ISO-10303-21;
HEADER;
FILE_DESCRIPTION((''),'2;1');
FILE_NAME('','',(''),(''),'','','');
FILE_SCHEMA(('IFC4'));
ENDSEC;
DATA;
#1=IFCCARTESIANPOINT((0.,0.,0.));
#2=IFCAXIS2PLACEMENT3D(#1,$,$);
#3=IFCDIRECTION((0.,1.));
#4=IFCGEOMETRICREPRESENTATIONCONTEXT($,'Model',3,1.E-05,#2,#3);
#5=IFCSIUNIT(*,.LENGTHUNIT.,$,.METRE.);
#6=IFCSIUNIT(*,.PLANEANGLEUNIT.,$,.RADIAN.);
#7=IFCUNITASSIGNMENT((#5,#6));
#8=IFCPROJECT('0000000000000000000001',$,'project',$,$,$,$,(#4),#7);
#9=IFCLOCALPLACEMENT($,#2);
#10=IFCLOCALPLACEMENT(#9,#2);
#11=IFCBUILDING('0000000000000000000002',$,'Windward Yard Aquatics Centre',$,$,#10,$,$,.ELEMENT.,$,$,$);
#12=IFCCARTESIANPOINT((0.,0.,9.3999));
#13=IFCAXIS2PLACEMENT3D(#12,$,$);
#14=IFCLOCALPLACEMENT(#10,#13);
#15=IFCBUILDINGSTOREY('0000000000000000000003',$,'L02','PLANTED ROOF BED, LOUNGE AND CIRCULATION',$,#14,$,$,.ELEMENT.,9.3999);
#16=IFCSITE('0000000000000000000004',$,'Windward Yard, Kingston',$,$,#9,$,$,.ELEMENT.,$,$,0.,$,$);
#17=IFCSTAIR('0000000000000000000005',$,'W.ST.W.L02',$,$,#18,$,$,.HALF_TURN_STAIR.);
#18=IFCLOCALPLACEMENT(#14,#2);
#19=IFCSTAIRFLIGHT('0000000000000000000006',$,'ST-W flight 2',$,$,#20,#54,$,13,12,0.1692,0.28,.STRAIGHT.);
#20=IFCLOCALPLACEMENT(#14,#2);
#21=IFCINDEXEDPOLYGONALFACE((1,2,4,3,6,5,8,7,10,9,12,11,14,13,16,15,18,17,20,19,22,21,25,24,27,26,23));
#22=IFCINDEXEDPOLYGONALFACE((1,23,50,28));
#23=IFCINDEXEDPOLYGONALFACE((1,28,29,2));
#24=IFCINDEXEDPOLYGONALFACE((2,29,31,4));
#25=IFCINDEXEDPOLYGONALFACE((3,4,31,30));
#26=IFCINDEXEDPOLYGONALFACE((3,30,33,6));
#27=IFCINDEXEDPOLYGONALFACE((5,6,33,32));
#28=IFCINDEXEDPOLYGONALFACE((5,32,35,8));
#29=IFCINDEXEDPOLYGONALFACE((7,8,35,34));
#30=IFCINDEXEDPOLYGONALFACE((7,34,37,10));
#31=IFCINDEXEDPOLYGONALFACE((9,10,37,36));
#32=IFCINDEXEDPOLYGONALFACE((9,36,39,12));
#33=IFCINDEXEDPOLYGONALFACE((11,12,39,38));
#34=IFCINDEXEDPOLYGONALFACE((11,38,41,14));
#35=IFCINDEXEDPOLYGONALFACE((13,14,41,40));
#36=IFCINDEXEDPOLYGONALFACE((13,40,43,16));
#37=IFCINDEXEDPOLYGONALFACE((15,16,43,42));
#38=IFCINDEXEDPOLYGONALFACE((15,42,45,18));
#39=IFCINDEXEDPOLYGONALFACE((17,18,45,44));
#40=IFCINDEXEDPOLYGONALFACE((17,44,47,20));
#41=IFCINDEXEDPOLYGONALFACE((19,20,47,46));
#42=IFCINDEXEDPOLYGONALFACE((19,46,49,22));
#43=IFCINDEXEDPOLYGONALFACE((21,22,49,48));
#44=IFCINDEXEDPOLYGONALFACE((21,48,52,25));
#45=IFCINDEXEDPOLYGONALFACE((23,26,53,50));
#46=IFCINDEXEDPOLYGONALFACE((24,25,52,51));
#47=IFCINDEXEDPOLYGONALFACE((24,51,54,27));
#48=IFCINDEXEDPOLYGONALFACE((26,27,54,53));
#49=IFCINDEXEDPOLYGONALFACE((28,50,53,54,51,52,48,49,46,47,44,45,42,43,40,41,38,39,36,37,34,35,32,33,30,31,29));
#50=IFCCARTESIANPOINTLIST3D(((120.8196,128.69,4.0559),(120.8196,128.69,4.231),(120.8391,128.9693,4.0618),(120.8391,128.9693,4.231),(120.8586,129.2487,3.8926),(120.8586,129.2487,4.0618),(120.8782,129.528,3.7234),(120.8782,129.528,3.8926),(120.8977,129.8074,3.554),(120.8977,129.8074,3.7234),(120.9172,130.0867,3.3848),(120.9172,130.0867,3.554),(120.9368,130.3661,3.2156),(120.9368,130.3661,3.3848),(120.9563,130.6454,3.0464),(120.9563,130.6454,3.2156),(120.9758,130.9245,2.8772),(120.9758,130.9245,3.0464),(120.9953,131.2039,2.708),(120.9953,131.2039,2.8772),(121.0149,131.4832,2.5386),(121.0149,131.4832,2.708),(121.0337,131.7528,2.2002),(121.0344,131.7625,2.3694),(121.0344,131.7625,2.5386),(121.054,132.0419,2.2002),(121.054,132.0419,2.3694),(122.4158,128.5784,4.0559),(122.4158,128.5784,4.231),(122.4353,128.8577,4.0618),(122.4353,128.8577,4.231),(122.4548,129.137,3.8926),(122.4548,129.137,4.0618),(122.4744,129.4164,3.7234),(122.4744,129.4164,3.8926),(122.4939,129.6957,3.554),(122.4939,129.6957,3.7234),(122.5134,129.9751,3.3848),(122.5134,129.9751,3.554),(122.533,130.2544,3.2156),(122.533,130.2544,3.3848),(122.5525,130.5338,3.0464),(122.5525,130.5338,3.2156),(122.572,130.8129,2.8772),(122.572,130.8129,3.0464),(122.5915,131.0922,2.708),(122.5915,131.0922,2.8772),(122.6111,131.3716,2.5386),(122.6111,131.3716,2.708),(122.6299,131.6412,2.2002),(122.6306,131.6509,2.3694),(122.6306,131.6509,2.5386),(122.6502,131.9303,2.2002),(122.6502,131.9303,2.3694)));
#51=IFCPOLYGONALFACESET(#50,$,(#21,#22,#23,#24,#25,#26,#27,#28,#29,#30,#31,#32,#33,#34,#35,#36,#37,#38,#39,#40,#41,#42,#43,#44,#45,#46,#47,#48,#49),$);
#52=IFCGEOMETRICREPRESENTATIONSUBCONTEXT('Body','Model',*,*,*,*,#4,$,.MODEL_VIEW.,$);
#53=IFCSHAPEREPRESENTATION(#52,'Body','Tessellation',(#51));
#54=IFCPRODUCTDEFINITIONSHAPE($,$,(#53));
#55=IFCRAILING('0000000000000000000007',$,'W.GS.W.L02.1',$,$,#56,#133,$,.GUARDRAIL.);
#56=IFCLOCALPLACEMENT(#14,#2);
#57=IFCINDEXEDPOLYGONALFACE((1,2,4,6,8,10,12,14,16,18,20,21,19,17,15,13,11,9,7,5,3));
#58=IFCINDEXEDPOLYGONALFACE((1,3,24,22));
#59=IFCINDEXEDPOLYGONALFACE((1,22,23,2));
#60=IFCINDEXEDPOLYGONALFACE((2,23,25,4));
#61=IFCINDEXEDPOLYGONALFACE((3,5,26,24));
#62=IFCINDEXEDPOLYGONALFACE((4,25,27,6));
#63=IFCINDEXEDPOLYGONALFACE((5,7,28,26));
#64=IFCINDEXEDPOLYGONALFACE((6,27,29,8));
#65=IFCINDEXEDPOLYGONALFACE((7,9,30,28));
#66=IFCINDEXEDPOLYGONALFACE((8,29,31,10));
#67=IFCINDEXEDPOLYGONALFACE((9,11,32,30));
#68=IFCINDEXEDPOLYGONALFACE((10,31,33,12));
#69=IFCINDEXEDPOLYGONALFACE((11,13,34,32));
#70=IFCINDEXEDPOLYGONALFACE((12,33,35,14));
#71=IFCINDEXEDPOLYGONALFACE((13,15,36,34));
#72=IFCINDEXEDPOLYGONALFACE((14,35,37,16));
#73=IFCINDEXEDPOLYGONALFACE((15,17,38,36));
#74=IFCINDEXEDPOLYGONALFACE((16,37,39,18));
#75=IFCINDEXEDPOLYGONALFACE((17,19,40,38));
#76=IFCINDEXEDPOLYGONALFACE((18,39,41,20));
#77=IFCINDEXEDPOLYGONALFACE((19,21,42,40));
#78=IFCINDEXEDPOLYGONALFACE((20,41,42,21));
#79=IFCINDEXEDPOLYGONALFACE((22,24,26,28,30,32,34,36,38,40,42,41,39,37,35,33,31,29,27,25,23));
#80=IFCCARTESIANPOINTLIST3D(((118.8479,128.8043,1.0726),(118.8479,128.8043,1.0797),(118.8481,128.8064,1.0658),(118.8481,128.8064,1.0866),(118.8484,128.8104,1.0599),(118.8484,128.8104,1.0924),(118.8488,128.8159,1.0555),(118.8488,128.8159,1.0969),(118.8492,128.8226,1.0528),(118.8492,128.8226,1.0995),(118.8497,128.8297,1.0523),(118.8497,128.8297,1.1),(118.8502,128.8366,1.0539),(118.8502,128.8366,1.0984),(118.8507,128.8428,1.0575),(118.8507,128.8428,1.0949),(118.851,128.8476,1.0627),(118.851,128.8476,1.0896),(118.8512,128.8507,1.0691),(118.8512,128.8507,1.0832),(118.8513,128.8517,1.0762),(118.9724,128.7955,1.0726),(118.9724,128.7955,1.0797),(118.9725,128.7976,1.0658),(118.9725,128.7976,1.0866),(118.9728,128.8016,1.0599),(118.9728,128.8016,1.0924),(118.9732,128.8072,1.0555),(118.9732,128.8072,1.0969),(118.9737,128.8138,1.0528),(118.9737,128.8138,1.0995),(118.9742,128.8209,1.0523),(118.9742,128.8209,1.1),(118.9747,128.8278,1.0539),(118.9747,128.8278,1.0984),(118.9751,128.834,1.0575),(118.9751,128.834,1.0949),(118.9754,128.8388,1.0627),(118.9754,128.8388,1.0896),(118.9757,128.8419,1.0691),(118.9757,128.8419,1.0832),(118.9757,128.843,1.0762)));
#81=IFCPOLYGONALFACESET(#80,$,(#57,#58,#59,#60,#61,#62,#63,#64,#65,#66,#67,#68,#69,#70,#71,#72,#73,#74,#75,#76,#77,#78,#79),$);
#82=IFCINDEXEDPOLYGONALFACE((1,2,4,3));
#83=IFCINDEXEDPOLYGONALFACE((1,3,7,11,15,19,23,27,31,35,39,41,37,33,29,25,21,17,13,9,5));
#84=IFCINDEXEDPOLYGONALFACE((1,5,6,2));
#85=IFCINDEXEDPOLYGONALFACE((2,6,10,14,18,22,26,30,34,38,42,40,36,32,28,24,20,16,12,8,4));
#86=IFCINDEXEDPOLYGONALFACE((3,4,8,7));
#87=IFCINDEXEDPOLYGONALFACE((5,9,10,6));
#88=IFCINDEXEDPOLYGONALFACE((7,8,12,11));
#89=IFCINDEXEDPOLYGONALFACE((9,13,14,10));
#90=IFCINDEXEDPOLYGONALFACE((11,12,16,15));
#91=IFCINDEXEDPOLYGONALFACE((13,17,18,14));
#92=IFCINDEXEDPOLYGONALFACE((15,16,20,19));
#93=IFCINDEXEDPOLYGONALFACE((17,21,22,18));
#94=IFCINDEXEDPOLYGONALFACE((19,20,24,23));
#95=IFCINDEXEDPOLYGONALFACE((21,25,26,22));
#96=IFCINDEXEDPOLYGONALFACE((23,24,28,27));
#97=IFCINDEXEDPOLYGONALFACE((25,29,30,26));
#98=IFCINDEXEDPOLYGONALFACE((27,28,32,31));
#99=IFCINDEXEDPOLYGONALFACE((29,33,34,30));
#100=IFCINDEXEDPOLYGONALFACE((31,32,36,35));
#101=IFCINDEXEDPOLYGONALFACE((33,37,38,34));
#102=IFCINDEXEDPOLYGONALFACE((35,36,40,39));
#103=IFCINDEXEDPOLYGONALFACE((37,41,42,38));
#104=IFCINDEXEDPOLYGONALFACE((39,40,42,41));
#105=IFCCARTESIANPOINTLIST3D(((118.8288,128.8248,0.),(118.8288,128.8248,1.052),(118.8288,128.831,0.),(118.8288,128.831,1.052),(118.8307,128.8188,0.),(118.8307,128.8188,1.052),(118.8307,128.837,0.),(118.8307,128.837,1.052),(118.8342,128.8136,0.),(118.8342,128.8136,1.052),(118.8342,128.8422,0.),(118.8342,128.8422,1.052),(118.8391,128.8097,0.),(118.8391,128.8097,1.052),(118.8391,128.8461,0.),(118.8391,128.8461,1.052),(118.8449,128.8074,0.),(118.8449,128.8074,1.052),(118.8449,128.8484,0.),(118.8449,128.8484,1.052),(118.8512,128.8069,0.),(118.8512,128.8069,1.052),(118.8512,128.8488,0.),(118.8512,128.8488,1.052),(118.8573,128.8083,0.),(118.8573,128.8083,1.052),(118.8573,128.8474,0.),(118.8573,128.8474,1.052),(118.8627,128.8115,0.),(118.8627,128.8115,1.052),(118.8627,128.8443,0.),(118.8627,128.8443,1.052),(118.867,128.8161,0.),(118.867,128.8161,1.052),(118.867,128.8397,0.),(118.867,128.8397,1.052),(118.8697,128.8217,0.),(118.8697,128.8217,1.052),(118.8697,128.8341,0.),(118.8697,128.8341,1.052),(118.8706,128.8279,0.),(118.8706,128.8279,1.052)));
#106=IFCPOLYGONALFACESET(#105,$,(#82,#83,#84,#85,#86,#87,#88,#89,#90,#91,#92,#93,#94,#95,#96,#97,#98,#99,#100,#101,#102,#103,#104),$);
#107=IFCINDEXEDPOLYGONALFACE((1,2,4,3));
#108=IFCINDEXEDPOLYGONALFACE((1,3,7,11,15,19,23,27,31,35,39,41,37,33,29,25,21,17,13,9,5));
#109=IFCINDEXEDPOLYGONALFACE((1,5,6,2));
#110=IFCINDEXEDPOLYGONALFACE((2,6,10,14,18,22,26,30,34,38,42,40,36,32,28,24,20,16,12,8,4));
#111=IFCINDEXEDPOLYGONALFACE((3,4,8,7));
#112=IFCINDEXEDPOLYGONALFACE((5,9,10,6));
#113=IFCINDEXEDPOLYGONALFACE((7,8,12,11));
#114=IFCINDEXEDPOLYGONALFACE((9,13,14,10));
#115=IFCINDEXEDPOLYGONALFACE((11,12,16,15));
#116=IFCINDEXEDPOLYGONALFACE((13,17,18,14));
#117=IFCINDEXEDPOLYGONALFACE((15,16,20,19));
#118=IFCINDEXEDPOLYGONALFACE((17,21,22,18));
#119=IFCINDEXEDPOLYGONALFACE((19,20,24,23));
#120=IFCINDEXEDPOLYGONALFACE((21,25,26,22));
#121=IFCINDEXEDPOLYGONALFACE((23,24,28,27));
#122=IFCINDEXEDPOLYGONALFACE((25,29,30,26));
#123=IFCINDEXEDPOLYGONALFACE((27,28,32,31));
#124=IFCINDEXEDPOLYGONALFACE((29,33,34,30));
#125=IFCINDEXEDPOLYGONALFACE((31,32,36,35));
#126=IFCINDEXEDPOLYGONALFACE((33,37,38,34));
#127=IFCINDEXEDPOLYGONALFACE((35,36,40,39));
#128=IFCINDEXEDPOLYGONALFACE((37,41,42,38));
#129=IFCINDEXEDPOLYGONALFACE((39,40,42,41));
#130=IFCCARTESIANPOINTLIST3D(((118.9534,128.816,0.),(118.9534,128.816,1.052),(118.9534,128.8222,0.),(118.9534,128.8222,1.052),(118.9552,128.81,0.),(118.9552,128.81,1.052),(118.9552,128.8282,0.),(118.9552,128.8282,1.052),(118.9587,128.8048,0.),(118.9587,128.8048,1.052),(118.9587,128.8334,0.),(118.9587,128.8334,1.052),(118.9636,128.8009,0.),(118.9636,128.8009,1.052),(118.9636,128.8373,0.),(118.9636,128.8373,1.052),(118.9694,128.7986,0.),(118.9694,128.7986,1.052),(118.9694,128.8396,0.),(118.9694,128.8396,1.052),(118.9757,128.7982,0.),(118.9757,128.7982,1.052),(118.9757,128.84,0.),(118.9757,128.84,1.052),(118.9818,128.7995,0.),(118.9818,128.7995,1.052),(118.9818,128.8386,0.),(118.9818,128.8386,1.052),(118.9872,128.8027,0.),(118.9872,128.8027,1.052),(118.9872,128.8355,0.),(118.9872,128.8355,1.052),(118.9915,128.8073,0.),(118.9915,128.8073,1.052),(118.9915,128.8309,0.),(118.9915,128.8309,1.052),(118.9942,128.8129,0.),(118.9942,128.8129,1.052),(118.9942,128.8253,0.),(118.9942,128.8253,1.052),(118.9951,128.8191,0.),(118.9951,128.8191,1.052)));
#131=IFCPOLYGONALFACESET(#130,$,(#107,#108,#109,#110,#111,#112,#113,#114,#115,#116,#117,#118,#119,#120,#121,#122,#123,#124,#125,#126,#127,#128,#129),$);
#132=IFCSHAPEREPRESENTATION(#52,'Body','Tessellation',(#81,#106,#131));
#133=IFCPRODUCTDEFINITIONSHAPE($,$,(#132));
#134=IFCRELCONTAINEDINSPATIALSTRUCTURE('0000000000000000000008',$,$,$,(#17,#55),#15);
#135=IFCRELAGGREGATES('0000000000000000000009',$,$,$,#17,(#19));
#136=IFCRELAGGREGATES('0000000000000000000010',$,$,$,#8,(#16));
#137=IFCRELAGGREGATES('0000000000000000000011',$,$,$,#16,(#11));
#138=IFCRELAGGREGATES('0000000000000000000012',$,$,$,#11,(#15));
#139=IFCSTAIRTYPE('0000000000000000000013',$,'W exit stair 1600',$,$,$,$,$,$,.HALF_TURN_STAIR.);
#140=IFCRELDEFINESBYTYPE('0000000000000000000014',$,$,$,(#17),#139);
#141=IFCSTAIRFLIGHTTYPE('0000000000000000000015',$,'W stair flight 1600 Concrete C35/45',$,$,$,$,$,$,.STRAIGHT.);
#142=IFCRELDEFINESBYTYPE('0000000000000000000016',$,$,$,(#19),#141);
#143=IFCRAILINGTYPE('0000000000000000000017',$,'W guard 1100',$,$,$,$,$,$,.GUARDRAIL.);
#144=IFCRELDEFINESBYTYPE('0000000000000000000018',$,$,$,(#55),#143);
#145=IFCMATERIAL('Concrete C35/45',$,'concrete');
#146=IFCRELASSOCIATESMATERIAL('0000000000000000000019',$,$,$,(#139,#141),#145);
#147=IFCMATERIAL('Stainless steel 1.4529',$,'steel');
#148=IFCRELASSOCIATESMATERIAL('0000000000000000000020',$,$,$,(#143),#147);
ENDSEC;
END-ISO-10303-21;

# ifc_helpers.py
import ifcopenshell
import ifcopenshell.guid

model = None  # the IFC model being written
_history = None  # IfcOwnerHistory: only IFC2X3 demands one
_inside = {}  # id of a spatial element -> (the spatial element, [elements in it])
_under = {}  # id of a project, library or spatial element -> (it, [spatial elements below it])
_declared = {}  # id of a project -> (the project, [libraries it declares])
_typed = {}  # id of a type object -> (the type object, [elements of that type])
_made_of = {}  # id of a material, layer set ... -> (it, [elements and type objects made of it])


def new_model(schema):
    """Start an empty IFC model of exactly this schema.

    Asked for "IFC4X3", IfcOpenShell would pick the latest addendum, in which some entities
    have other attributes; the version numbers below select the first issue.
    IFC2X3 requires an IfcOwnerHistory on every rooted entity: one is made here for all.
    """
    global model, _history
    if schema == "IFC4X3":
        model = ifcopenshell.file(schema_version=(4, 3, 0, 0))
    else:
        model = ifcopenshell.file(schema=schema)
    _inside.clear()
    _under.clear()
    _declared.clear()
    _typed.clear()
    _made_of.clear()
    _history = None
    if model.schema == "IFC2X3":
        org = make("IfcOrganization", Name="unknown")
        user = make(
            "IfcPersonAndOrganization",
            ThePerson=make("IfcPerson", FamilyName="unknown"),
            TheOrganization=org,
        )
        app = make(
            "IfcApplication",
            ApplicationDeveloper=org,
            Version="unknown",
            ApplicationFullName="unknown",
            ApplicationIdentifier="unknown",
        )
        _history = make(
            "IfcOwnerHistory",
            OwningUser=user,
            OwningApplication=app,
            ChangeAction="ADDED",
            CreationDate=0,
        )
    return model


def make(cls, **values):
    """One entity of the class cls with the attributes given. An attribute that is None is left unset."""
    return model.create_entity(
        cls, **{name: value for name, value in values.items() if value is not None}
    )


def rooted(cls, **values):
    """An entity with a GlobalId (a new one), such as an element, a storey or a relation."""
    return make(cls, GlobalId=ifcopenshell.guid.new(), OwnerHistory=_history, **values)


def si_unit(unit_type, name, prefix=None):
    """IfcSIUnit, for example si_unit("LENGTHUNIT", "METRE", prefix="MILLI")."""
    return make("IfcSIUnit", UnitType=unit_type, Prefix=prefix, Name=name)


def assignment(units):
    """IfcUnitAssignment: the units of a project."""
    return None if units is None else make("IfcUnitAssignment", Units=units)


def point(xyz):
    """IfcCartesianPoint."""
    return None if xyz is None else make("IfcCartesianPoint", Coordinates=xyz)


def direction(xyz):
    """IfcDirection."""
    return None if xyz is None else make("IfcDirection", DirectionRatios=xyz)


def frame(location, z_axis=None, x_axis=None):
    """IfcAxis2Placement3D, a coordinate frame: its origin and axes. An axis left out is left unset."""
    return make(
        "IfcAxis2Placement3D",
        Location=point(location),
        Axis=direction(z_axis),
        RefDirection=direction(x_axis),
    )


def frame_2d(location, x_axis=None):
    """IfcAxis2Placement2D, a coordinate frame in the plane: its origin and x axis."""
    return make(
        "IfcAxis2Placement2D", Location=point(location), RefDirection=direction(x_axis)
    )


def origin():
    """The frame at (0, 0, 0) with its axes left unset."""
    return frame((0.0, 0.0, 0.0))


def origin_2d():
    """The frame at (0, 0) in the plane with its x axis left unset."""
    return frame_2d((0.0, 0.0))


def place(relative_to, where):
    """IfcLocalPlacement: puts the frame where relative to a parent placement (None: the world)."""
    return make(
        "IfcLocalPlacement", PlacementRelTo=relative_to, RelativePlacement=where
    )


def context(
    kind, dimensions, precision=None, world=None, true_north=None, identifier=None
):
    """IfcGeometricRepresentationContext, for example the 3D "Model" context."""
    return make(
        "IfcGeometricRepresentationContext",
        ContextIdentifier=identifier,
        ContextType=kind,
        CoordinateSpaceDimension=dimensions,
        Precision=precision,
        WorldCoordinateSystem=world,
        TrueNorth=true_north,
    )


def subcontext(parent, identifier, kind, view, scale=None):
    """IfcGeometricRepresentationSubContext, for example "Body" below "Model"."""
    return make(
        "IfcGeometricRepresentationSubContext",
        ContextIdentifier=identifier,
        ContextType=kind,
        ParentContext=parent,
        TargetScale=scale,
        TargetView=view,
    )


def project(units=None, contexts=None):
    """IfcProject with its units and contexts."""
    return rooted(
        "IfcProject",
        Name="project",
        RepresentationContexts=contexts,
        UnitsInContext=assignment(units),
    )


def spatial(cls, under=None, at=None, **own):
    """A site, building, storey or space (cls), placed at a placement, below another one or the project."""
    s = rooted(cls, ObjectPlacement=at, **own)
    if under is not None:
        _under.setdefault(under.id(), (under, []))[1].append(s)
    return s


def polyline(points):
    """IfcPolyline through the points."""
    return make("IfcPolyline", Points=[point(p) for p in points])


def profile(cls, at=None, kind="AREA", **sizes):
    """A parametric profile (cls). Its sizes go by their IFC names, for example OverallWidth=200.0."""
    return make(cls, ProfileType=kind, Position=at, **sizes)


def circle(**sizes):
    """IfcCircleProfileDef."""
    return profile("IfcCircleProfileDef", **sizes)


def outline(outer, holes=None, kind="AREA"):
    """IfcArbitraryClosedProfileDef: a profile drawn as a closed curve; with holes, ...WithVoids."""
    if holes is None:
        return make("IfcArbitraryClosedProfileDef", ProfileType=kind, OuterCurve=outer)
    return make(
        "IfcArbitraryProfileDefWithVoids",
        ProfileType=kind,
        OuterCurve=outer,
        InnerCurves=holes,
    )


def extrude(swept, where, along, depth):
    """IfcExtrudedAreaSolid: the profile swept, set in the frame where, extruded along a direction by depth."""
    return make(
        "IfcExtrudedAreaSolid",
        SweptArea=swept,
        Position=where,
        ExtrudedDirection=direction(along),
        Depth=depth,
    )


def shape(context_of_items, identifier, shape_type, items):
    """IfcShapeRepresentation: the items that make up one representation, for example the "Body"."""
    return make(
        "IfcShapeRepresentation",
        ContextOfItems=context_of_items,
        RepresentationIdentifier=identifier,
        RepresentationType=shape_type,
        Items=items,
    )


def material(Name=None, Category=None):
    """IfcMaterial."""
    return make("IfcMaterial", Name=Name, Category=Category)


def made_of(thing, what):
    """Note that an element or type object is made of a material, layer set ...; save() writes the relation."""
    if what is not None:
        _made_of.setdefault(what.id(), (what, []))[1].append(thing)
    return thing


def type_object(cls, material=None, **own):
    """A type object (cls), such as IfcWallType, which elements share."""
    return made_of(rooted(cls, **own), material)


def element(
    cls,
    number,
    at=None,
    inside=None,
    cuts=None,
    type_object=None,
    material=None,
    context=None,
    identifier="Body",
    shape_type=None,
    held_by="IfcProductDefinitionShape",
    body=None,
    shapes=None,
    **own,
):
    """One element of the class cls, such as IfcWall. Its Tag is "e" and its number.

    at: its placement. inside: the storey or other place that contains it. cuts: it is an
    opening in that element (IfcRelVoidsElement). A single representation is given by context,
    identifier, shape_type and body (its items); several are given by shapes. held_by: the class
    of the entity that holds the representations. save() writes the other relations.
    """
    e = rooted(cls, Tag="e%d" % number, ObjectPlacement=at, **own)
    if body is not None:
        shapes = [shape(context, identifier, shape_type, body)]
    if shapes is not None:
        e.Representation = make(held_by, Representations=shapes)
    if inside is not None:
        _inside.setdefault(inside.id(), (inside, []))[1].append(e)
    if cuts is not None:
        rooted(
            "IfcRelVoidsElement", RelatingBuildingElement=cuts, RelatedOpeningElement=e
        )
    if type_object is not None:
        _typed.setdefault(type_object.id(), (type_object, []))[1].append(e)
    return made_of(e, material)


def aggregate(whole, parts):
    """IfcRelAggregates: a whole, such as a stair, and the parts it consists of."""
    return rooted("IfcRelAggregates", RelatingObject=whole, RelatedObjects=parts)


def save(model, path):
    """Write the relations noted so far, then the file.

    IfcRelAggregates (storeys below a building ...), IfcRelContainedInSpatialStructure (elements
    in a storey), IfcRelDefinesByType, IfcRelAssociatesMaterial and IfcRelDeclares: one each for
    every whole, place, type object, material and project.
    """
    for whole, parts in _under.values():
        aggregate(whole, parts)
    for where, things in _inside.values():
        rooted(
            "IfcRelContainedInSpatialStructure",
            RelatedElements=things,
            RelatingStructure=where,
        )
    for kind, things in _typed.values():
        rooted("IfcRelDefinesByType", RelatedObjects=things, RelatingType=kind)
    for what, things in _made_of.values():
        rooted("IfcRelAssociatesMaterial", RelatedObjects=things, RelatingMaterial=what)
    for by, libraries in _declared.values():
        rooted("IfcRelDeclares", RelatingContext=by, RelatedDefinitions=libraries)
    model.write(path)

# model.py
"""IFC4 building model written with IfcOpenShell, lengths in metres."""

from ifc_helpers import new_model, si_unit, direction, frame, origin, origin_2d, place, context, subcontext, project, spatial, polyline, circle, outline, extrude, material, type_object, element, aggregate, save


model = new_model("IFC4")

# Units and contexts
model_context = context("Model", 3, precision=1e-05, world=origin(), true_north=direction((0.0, 1.0)))
body_context = subcontext(model_context, "Body", "Model", "MODEL_VIEW")
ifc_project = project(units=[si_unit("LENGTHUNIT", "METRE"), si_unit("PLANEANGLEUNIT", "RADIAN")], contexts=[model_context])

# Site, building, storey
site_placement = place(None, origin())
site = spatial("IfcSite", under=ifc_project, at=site_placement, Name="Windward Yard, Kingston", CompositionType="ELEMENT", RefElevation=0.0)
building_placement = place(site_placement, origin())
building = spatial("IfcBuilding", under=site, at=building_placement, Name="Windward Yard Aquatics Centre", CompositionType="ELEMENT")
storey_placement = place(building_placement, frame((0.0, 0.0, 9.3999)))
storey = spatial("IfcBuildingStorey", under=building, at=storey_placement, Name="L02", Description="PLANTED ROOF BED, LOUNGE AND CIRCULATION", CompositionType="ELEMENT", Elevation=9.3999)

# Stair, stair flight
ifc_material_1 = material(Name="Concrete C35/45", Category="concrete")
stair_type = type_object("IfcStairType", Name="W exit stair 1600", PredefinedType="HALF_TURN_STAIR", material=ifc_material_1)
stair_placement = place(storey_placement, origin())
stair = element("IfcStair", 1, at=stair_placement, inside=storey, type_object=stair_type, Name="W.ST.W.L02", PredefinedType="HALF_TURN_STAIR")
stair_flight_type = type_object("IfcStairFlightType", Name="W stair flight 1600 Concrete C35/45", PredefinedType="STRAIGHT", material=ifc_material_1)
stair_flight_1_placement = place(storey_placement, frame((121.8521, 131.9861, 2.2002), z_axis=(0.0, 0.0, 1.0), x_axis=(-0.069756, -0.997564, 0.0)))
stair_flight_1 = element("IfcStairFlight", 2, at=stair_flight_1_placement, type_object=stair_flight_type, Name="ST-W flight 2", NumberOfRisers=13, NumberOfTreads=12, PredefinedType="STRAIGHT", RiserHeight=0.1692, TreadLength=0.28, context=body_context, shape_type="SweptSolid", body=[
    extrude(outline(polyline([(0.0, 0.0), (0.0, 0.1692), (0.28, 0.1692), (0.28, 0.3384), (0.5601, 0.3384), (0.5601, 0.5078), (0.8401, 0.5078), (0.8401, 0.677), (1.1201, 0.677), (1.1201, 0.8462), (1.3999, 0.8462), (1.3999, 1.0154), (1.6799, 1.0154), (1.6799, 1.1846), (1.96, 1.1846), (1.96, 1.3538), (2.24, 1.3538), (2.24, 1.5232), (2.52, 1.5232), (2.52, 1.6924), (2.8, 1.6924), (2.8, 1.8616), (3.0801, 1.8616), (3.0801, 2.0308), (3.3601, 2.0308), (3.3601, 2.2), (3.3601, 1.8557), (0.2898, 0.0), (0.0, 0.0)])), frame((0.0, 0.8, 0.0), z_axis=(0.0, -1.0, 0.0), x_axis=(1.0, 0.0, 0.0)), (0.0, 0.0, 1.0), 1.6001),
])
aggregate(stair, [stair_flight_1])

# Railing
ifc_material_2 = material(Name="Stainless steel 1.4529", Category="steel")
railing_type_1 = type_object("IfcRailingType", Name="W guard 1100", PredefinedType="GUARDRAIL", material=ifc_material_2)
railing_1_placement = place(storey_placement, frame((118.8496, 128.8279, 0.0)))
element("IfcRailing", 3, at=railing_1_placement, inside=storey, type_object=railing_type_1, Name="W.GS.W.L02.1", PredefinedType="GUARDRAIL", context=body_context, shape_type="SweptSolid", body=[
    extrude(circle(Radius=0.0239, at=origin_2d()), frame((0.0, 0.0, 1.0762), z_axis=(0.997518, -0.070413, 0.0), x_axis=(0.070413, 0.997518, 0.0)), (0.0, 0.0, 1.0), 0.1248),
    extrude(circle(Radius=0.021, at=origin_2d()), origin(), (0.0, 0.0, 1.0), 1.052),
    extrude(circle(Radius=0.021, at=origin_2d()), frame((0.1245, -0.0088, 0.0)), (0.0, 0.0, 1.0), 1.052),
])

save(model, "model.ifc")
